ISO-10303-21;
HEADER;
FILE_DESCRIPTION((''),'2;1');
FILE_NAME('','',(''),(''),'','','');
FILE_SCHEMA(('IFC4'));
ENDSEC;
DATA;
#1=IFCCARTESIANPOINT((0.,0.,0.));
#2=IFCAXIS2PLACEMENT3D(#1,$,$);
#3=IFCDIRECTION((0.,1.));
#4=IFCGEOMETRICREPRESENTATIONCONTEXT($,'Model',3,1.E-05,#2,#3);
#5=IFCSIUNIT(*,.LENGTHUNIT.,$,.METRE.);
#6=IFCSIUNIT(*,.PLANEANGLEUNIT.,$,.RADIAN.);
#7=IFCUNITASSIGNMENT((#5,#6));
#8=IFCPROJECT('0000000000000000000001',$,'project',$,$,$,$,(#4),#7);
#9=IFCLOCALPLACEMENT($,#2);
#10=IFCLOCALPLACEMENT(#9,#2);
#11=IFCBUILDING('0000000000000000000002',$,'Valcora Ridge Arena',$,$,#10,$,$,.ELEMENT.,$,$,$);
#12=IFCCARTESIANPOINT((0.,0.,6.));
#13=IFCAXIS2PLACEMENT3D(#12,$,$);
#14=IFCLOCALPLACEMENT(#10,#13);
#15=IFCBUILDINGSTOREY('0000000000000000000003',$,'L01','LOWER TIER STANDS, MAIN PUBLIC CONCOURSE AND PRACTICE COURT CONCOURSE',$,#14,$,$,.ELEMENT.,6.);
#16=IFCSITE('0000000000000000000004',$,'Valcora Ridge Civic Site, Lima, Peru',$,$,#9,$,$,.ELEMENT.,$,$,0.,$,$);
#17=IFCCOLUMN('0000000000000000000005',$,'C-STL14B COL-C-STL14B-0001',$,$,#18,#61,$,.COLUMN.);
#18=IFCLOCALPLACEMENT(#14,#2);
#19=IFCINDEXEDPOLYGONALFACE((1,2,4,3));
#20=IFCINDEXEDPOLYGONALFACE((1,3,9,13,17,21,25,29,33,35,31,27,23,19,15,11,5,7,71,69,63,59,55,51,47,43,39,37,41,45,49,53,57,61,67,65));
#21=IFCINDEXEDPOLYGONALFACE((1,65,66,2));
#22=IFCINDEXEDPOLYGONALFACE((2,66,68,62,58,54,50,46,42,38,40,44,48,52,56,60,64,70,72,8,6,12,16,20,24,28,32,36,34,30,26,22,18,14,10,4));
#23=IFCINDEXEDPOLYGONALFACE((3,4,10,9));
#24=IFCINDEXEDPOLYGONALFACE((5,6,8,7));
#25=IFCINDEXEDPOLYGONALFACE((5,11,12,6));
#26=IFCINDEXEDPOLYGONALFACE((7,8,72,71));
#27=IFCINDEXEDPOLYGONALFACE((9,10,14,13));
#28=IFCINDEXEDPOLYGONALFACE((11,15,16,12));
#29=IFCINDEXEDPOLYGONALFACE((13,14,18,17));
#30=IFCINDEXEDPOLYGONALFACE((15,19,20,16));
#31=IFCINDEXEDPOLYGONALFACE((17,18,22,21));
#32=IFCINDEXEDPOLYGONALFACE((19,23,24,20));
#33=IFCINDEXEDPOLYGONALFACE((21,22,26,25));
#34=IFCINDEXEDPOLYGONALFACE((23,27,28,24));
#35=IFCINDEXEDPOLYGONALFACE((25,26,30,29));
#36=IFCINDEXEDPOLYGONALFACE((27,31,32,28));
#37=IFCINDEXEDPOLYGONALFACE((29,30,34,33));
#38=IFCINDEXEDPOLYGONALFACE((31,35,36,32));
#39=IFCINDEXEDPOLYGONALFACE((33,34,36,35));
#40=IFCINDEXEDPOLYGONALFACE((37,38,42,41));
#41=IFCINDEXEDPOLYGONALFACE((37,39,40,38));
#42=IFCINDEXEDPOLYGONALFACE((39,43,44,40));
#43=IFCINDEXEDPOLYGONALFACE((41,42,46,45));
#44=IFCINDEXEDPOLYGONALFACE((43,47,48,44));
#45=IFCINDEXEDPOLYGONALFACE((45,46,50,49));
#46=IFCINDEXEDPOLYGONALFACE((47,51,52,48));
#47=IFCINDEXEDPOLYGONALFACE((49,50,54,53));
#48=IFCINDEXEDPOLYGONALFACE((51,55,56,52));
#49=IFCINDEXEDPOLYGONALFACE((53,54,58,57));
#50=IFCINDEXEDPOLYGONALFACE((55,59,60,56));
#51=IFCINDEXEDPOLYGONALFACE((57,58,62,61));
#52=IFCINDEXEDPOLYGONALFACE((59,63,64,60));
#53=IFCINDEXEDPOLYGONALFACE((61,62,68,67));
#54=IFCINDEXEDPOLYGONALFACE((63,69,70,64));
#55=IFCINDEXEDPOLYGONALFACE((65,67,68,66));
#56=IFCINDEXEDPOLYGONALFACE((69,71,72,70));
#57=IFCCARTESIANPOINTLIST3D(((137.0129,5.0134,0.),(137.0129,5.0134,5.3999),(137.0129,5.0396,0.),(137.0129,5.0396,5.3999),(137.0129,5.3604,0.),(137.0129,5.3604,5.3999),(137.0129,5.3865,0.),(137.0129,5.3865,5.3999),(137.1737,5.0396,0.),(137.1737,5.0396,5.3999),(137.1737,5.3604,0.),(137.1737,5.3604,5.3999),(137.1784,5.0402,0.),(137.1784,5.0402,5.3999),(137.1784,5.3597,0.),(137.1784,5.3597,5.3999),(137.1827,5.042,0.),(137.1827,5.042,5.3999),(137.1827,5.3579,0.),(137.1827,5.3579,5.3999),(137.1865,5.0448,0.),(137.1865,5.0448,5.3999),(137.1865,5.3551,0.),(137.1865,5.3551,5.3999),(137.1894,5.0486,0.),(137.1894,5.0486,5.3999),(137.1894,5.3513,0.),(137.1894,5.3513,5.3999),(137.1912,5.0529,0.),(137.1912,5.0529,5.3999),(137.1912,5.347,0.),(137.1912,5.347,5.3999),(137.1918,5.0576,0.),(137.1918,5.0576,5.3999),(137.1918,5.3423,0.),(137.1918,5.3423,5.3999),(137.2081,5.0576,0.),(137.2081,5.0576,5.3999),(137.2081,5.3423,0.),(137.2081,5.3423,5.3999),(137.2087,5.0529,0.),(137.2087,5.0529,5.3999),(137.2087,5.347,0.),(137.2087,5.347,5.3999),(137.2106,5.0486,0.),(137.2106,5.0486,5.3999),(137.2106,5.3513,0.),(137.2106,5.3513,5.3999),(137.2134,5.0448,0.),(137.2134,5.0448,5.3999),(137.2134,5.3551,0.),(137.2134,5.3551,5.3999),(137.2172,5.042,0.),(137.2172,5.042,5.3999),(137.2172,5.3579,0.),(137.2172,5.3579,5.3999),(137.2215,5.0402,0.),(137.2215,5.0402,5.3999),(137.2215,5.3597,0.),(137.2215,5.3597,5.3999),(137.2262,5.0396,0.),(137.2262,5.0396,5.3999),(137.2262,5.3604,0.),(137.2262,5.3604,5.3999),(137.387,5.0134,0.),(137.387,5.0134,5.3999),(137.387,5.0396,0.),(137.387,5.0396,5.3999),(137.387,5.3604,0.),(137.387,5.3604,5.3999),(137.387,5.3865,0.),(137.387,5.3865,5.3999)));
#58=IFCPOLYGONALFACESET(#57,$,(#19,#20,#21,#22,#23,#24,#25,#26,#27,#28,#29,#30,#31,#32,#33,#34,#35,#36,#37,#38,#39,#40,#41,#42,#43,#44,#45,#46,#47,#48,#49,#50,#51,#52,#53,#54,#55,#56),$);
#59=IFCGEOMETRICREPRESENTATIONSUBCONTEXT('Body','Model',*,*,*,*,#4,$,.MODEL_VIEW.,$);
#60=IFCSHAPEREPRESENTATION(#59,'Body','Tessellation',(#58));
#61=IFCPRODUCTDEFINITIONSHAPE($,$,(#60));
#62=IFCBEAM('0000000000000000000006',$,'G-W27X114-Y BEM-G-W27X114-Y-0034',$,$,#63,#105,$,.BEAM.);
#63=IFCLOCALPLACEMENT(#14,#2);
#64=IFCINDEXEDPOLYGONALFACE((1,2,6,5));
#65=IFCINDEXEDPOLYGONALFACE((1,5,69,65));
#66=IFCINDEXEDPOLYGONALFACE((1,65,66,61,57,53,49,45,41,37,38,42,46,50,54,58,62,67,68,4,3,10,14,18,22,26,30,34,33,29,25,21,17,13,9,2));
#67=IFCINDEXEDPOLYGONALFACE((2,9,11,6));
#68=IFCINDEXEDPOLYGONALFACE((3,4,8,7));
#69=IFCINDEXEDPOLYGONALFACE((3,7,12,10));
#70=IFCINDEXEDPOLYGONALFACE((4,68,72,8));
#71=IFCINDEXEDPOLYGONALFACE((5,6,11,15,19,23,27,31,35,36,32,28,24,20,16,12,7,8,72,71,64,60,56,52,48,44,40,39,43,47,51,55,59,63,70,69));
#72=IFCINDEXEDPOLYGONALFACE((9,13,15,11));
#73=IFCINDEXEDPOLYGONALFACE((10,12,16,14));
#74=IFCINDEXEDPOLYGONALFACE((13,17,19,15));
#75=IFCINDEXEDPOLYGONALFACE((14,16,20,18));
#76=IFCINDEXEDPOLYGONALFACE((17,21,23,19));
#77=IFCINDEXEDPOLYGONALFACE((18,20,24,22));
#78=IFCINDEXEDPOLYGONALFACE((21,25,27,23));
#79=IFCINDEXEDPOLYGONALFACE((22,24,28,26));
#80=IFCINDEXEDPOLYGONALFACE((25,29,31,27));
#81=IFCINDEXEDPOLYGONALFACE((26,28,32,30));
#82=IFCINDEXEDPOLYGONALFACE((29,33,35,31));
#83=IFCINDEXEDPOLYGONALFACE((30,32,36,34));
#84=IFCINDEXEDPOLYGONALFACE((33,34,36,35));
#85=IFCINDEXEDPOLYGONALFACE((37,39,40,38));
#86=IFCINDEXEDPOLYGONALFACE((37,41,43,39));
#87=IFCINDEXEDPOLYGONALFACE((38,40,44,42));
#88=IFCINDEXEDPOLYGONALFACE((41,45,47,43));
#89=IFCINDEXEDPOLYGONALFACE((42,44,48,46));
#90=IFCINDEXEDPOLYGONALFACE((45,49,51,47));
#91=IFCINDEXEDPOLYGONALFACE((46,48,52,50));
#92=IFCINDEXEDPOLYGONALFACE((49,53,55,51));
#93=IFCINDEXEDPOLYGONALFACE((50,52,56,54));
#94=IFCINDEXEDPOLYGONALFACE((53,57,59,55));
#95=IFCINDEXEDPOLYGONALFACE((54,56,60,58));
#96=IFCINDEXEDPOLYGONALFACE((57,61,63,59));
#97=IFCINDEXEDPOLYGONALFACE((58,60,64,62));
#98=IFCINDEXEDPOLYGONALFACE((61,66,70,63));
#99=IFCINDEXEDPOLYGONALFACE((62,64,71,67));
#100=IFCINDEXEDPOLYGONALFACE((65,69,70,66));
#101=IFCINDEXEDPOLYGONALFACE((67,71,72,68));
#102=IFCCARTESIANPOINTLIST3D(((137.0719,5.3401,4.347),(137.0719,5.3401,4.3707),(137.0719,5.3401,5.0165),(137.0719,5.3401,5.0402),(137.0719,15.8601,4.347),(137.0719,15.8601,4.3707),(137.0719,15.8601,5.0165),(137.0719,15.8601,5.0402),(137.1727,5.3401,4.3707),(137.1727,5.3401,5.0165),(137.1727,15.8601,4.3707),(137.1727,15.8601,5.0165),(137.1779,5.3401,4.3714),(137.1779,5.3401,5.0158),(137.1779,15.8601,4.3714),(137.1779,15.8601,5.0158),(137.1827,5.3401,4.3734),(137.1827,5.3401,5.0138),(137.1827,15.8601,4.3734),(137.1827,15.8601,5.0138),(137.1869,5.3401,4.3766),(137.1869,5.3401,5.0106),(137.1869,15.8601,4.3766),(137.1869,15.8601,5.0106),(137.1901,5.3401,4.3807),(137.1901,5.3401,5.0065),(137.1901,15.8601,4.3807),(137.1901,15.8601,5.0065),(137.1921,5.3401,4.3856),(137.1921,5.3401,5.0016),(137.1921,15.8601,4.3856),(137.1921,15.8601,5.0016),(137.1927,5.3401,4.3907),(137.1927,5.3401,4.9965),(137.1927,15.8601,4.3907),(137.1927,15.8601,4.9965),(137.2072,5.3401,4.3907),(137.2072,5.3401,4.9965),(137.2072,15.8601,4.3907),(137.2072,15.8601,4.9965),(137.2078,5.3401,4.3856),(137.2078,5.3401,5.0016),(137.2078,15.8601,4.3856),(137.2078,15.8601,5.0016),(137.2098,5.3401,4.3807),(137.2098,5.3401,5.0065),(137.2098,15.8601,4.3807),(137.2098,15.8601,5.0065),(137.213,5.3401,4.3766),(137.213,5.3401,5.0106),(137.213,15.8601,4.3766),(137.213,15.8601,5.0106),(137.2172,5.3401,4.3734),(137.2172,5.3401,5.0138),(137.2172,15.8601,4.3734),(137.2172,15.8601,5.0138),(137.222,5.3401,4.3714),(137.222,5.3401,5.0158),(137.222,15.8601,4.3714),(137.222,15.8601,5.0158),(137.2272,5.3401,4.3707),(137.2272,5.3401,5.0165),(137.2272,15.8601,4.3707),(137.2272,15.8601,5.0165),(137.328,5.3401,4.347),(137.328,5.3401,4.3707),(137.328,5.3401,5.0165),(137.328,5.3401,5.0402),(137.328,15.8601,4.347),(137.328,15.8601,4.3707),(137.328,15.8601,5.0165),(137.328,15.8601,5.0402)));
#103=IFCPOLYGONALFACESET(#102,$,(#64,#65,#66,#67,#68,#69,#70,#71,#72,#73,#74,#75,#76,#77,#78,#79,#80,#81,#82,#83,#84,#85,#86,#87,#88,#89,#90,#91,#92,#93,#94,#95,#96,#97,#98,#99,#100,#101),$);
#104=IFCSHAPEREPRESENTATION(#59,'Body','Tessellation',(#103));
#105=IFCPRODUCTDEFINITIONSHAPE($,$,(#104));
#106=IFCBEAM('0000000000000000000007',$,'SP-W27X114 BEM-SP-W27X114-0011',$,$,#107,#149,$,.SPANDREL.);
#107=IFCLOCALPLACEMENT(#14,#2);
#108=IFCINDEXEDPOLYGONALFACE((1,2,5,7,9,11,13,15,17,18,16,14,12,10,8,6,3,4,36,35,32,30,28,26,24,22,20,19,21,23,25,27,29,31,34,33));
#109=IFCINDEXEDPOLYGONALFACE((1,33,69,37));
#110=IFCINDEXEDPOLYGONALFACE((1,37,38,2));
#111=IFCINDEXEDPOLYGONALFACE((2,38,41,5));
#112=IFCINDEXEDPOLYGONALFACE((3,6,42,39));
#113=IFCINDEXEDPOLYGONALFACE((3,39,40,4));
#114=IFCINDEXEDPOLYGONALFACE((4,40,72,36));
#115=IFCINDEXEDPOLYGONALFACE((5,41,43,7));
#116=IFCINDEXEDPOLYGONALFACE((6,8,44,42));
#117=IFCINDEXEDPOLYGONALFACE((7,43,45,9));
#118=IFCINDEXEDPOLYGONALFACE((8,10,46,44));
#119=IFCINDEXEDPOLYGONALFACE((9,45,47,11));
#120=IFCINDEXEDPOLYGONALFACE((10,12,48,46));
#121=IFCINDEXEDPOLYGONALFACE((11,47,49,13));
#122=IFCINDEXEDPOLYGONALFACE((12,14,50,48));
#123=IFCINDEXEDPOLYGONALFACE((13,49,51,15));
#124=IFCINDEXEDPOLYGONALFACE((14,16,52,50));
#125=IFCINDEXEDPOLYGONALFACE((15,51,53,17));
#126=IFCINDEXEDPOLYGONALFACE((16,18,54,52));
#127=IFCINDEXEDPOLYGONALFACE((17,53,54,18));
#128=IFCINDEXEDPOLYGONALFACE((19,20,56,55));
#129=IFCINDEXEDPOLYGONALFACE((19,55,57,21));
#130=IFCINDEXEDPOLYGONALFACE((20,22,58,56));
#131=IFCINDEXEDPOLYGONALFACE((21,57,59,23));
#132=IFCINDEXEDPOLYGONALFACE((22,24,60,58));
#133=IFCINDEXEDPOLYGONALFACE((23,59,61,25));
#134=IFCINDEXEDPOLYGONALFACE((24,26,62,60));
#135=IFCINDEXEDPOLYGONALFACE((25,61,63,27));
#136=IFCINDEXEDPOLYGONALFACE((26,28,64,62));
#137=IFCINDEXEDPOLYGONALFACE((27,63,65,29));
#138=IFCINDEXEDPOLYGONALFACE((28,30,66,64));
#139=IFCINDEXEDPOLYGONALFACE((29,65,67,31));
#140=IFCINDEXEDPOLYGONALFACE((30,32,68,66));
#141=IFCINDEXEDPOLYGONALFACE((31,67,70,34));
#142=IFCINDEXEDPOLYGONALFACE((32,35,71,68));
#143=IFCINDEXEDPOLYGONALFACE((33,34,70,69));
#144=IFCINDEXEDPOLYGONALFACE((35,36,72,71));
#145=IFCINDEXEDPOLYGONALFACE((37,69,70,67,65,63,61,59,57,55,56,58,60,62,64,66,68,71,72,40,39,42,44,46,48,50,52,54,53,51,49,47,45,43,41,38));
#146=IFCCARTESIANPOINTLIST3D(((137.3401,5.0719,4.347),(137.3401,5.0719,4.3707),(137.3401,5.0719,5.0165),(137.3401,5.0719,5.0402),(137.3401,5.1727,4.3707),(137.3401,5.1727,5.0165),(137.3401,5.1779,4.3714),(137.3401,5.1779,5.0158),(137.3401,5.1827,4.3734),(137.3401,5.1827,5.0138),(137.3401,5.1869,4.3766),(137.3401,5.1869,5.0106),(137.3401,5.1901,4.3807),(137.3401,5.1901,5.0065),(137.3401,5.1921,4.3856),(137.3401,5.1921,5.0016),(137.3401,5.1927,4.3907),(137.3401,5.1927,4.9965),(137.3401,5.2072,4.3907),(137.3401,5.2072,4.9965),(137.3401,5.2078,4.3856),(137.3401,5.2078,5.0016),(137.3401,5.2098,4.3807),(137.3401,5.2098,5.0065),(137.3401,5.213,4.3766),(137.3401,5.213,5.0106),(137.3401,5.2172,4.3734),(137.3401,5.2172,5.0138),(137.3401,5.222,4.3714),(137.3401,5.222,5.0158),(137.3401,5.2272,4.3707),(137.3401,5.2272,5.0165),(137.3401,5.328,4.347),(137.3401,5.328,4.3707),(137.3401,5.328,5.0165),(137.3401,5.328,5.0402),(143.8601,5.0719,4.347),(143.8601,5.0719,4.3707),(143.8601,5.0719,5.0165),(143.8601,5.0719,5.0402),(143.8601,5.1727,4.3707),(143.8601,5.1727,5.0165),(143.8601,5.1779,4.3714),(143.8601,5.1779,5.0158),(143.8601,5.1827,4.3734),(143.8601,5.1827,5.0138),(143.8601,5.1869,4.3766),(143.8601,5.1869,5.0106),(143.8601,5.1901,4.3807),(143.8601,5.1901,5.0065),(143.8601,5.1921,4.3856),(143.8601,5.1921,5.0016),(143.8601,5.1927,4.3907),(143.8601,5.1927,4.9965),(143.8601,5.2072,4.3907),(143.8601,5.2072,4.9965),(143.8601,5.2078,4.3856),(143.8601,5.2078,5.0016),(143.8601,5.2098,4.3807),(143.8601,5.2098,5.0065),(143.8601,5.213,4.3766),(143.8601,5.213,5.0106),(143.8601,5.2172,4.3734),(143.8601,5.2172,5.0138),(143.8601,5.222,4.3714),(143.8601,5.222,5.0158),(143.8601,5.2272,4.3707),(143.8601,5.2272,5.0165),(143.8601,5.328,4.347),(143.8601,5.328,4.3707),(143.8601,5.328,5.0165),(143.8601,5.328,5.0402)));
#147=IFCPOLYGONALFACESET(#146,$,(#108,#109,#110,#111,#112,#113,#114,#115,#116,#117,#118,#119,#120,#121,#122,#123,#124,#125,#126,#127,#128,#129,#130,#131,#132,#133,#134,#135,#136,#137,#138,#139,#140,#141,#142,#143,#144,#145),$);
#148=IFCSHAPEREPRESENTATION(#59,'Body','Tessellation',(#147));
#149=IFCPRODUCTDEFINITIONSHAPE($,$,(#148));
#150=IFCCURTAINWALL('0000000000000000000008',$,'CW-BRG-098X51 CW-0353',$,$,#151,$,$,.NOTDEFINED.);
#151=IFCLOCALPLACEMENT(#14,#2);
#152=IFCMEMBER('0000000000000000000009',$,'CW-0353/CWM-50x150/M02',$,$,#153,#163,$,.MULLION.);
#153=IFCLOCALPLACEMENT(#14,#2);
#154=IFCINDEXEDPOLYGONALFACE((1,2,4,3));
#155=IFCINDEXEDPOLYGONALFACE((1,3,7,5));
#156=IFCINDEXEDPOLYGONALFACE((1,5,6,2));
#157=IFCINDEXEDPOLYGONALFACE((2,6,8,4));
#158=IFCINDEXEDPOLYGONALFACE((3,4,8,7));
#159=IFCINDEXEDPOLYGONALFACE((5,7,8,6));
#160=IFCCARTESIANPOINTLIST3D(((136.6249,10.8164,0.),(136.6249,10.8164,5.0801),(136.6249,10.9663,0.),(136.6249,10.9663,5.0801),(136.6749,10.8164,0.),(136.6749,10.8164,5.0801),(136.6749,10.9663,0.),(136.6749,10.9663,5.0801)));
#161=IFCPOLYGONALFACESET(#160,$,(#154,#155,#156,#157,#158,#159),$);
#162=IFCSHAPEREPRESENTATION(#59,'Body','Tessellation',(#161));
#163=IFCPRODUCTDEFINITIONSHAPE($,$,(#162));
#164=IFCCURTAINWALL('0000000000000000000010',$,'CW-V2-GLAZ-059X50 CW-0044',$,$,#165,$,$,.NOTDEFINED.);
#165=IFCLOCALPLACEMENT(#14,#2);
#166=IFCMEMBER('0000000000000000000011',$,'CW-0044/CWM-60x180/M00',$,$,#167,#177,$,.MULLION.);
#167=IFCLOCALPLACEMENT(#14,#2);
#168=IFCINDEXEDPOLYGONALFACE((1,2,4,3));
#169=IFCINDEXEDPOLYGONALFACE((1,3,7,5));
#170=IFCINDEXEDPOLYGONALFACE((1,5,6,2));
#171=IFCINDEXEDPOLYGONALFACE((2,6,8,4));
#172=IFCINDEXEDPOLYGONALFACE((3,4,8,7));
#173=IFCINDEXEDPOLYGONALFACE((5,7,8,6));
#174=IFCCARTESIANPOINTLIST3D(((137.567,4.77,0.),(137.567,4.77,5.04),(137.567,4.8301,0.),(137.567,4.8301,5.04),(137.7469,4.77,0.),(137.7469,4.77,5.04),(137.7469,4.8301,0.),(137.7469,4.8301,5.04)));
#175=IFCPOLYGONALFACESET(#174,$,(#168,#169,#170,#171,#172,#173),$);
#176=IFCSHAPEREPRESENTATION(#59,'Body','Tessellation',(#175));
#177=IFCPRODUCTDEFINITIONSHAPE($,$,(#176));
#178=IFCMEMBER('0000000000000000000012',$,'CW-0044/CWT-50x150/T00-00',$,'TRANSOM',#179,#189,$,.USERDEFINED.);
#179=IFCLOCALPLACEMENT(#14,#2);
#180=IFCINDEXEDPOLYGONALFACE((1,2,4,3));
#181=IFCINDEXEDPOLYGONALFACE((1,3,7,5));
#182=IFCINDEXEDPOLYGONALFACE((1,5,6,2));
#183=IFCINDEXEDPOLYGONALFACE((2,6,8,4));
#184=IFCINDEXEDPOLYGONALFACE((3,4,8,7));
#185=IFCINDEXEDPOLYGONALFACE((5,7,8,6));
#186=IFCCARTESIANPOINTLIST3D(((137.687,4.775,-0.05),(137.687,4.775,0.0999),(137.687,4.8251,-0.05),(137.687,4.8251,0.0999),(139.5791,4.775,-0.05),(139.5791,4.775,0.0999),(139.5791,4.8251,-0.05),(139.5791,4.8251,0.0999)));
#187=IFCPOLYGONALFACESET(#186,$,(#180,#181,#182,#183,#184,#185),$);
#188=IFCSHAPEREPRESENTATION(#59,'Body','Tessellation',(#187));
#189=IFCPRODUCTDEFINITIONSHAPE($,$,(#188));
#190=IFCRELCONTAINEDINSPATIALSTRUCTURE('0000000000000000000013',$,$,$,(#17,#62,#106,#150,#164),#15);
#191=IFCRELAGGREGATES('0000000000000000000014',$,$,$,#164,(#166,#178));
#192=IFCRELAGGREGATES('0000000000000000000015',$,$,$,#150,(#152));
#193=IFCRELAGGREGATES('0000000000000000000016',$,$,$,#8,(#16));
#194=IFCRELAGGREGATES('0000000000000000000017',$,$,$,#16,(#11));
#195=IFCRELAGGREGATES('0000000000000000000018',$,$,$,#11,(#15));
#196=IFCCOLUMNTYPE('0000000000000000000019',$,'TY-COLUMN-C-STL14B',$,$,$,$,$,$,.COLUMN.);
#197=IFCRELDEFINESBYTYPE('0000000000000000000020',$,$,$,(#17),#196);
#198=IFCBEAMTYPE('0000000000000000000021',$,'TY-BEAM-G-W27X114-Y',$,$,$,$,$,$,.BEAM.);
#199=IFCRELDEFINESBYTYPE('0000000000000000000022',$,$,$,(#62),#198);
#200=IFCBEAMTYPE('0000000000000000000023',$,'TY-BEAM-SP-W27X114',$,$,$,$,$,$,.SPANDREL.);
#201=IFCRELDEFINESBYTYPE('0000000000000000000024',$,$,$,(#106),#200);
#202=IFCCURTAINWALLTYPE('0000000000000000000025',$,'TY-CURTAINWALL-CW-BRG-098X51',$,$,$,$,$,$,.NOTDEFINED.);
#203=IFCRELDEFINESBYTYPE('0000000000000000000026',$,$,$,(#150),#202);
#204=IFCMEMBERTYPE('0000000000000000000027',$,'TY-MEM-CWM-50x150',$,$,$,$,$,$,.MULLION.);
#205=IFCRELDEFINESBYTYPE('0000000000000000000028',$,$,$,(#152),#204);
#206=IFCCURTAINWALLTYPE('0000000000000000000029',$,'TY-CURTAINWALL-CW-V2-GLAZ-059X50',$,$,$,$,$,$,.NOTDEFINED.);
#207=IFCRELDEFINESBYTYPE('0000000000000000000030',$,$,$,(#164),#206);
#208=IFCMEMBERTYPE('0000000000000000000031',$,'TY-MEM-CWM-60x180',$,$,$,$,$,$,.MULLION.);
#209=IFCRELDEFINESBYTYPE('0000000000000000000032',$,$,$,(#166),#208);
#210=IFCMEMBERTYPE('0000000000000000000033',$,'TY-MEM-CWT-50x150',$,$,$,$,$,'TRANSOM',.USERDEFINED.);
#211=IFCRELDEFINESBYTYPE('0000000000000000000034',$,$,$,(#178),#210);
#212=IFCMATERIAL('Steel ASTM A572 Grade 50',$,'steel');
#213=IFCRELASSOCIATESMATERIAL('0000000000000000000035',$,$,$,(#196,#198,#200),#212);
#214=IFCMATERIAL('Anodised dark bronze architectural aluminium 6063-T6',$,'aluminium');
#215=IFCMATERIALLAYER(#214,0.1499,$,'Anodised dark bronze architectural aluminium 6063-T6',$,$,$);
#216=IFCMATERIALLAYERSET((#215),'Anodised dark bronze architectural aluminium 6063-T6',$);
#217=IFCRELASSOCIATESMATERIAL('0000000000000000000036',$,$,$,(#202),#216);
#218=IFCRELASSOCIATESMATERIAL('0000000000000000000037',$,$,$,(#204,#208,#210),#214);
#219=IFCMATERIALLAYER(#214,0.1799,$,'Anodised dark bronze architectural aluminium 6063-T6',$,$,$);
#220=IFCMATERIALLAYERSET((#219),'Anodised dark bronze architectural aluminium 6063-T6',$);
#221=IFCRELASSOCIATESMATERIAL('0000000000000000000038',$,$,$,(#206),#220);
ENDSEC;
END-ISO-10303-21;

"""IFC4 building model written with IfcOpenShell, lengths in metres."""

from ifc_helpers import new_model, si_unit, direction, frame, origin, origin_2d, place, context, subcontext, project, spatial, rectangle, i_section, extrude, material, layer, layer_set, material_profile, profile_set, type_object, element, aggregate, save


model = new_model("IFC4")

# Units and contexts
model_context = context("Model", 3, precision=1e-05, world=origin(), true_north=direction((0.0, 1.0)))
body_context = subcontext(model_context, "Body", "Model", "MODEL_VIEW")
ifc_project = project(units=[si_unit("LENGTHUNIT", "METRE"), si_unit("PLANEANGLEUNIT", "RADIAN")], contexts=[model_context])

# Site, building, storey
site_placement = place(None, origin())
site = spatial("IfcSite", under=ifc_project, at=site_placement, Name="Valcora Ridge Civic Site, Lima, Peru", CompositionType="ELEMENT", RefElevation=0.0)
building_placement = place(site_placement, origin())
building = spatial("IfcBuilding", under=site, at=building_placement, Name="Valcora Ridge Arena", CompositionType="ELEMENT")
storey_placement = place(building_placement, frame((0.0, 0.0, 6.0)))
storey = spatial("IfcBuildingStorey", under=building, at=storey_placement, Name="L01", Description="LOWER TIER STANDS, MAIN PUBLIC CONCOURSE AND PRACTICE COURT CONCOURSE", CompositionType="ELEMENT", Elevation=6.0)

# Column
ifc_material_1 = material(Name="Steel ASTM A572 Grade 50", Category="steel")
ifc_material_profile_1 = material_profile(ifc_material_1, i_section(OverallWidth=0.374, OverallDepth=0.373, WebThickness=0.0164, FlangeThickness=0.0261, FilletRadius=0.0181, at=origin_2d()), Name="W14X132")
ifc_profile_set_1 = profile_set([ifc_material_profile_1], Name="Steel ASTM A572 Grade 50")
column_type = type_object("IfcColumnType", Name="TY-COLUMN-C-STL14B", PredefinedType="COLUMN", material=ifc_profile_set_1)
column_placement = place(storey_placement, frame((137.2, 5.2, 0.0), z_axis=(0.0, 0.0, 1.0), x_axis=(1.0, 0.0, 0.0)))
element("IfcColumn", 1, at=column_placement, inside=storey, type_object=column_type, Name="C-STL14B COL-C-STL14B-0001", PredefinedType="COLUMN", context=body_context, shape_type="SweptSolid", body=[
    extrude(i_section(OverallWidth=0.374, OverallDepth=0.373, WebThickness=0.0164, FlangeThickness=0.0261, FilletRadius=0.0181, at=origin_2d()), origin(), (0.0, 0.0, 1.0), 5.3999),
])

# Beams
ifc_material_profile_2 = material_profile(ifc_material_1, i_section(OverallWidth=0.2561, OverallDepth=0.6931, WebThickness=0.0144, FlangeThickness=0.0237, FilletRadius=0.02, at=origin_2d()), Name="W27X114")
ifc_profile_set_2 = profile_set([ifc_material_profile_2], Name="Steel ASTM A572 Grade 50")
beam_type_1 = type_object("IfcBeamType", Name="TY-BEAM-G-W27X114-Y", PredefinedType="BEAM", material=ifc_profile_set_2)
beam_1_placement = place(storey_placement, frame((137.2, 5.3401, 4.6936), z_axis=(0.0, 1.0, 0.0), x_axis=(-1.0, 0.0, 0.0)))
element("IfcBeam", 2, at=beam_1_placement, inside=storey, type_object=beam_type_1, Name="G-W27X114-Y BEM-G-W27X114-Y-0034", PredefinedType="BEAM", context=body_context, shape_type="SweptSolid", body=[
    extrude(i_section(OverallWidth=0.2561, OverallDepth=0.6931, WebThickness=0.0144, FlangeThickness=0.0237, FilletRadius=0.02, at=origin_2d()), origin(), (0.0, 0.0, 1.0), 10.52),
])
ifc_material_profile_3 = material_profile(ifc_material_1, i_section(OverallWidth=0.2561, OverallDepth=0.6931, WebThickness=0.0144, FlangeThickness=0.0237, FilletRadius=0.02, at=origin_2d()), Name="W27X114")
ifc_profile_set_3 = profile_set([ifc_material_profile_3], Name="Steel ASTM A572 Grade 50")
beam_type_2 = type_object("IfcBeamType", Name="TY-BEAM-SP-W27X114", PredefinedType="SPANDREL", material=ifc_profile_set_3)
beam_2_placement = place(storey_placement, frame((137.3401, 5.2, 4.6936), z_axis=(1.0, 0.0, 0.0), x_axis=(0.0, 1.0, 0.0)))
element("IfcBeam", 3, at=beam_2_placement, inside=storey, type_object=beam_type_2, Name="SP-W27X114 BEM-SP-W27X114-0011", PredefinedType="SPANDREL", context=body_context, shape_type="SweptSolid", body=[
    extrude(i_section(OverallWidth=0.2561, OverallDepth=0.6931, WebThickness=0.0144, FlangeThickness=0.0237, FilletRadius=0.02, at=origin_2d()), origin(), (0.0, 0.0, 1.0), 6.52),
])

# Curtain wall, member
ifc_material_2 = material(Name="Anodised dark bronze architectural aluminium 6063-T6", Category="aluminium")
ifc_layer_1 = layer(ifc_material_2, 0.1499, Name="Anodised dark bronze architectural aluminium 6063-T6")
ifc_layer_set_1 = layer_set([ifc_layer_1], Name="Anodised dark bronze architectural aluminium 6063-T6")
curtain_wall_type_1 = type_object("IfcCurtainWallType", Name="TY-CURTAINWALL-CW-BRG-098X51", PredefinedType="NOTDEFINED", material=ifc_layer_set_1)
curtain_wall_1_placement = place(storey_placement, origin())
curtain_wall_1 = element("IfcCurtainWall", 4, at=curtain_wall_1_placement, inside=storey, type_object=curtain_wall_type_1, Name="CW-BRG-098X51 CW-0353", PredefinedType="NOTDEFINED")
ifc_material_profile_4 = material_profile(ifc_material_2, rectangle(XDim=0.05, YDim=0.1499, at=origin_2d()), Name="ALU MULLION 50x150")
ifc_profile_set_4 = profile_set([ifc_material_profile_4], Name="Anodised dark bronze architectural aluminium 6063-T6")
member_type_1 = type_object("IfcMemberType", Name="TY-MEM-CWM-50x150", PredefinedType="MULLION", material=ifc_profile_set_4)
member_1_placement = place(storey_placement, frame((136.6499, 10.8914, 0.0), z_axis=(0.0, 0.0, 1.0), x_axis=(-1.0, 0.0, 0.0)))
member_1 = element("IfcMember", 5, at=member_1_placement, type_object=member_type_1, Name="CW-0353/CWM-50x150/M02", PredefinedType="MULLION", context=body_context, shape_type="SweptSolid", body=[
    extrude(rectangle(XDim=0.05, YDim=0.1499, at=origin_2d()), origin(), (0.0, 0.0, 1.0), 5.0801),
])

# Curtain wall, members
ifc_layer_2 = layer(ifc_material_2, 0.1799, Name="Anodised dark bronze architectural aluminium 6063-T6")
ifc_layer_set_2 = layer_set([ifc_layer_2], Name="Anodised dark bronze architectural aluminium 6063-T6")
curtain_wall_type_2 = type_object("IfcCurtainWallType", Name="TY-CURTAINWALL-CW-V2-GLAZ-059X50", PredefinedType="NOTDEFINED", material=ifc_layer_set_2)
curtain_wall_2_placement = place(storey_placement, origin())
curtain_wall_2 = element("IfcCurtainWall", 6, at=curtain_wall_2_placement, inside=storey, type_object=curtain_wall_type_2, Name="CW-V2-GLAZ-059X50 CW-0044", PredefinedType="NOTDEFINED")
ifc_material_profile_5 = material_profile(ifc_material_2, rectangle(XDim=0.0601, YDim=0.1799, at=origin_2d()), Name="ALU MULLION 60x180")
ifc_profile_set_5 = profile_set([ifc_material_profile_5], Name="Anodised dark bronze architectural aluminium 6063-T6")
member_type_2 = type_object("IfcMemberType", Name="TY-MEM-CWM-60x180", PredefinedType="MULLION", material=ifc_profile_set_5)
member_2_placement = place(storey_placement, frame((137.657, 4.8, 0.0), z_axis=(0.0, 0.0, 1.0), x_axis=(0.0, 1.0, 0.0)))
member_2 = element("IfcMember", 7, at=member_2_placement, type_object=member_type_2, Name="CW-0044/CWM-60x180/M00", PredefinedType="MULLION", context=body_context, shape_type="SweptSolid", body=[
    extrude(rectangle(XDim=0.0601, YDim=0.1799, at=origin_2d()), origin(), (0.0, 0.0, 1.0), 5.04),
])
ifc_material_profile_6 = material_profile(ifc_material_2, rectangle(XDim=0.05, YDim=0.1499, at=origin_2d()), Name="ALU TRANSOM 50x150")
ifc_profile_set_6 = profile_set([ifc_material_profile_6], Name="Anodised dark bronze architectural aluminium 6063-T6")
member_type_3 = type_object("IfcMemberType", Name="TY-MEM-CWT-50x150", ElementType="TRANSOM", PredefinedType="USERDEFINED", material=ifc_profile_set_6)
member_3_placement = place(storey_placement, frame((137.687, 4.8, 0.0249), z_axis=(1.0, 0.0, 0.0), x_axis=(0.0, 1.0, 0.0)))
member_3 = element("IfcMember", 8, at=member_3_placement, type_object=member_type_3, Name="CW-0044/CWT-50x150/T00-00", ObjectType="TRANSOM", PredefinedType="USERDEFINED", context=body_context, shape_type="SweptSolid", body=[
    extrude(rectangle(XDim=0.05, YDim=0.1499, at=origin_2d()), origin(), (0.0, 0.0, 1.0), 1.8921),
])
aggregate(curtain_wall_2, [member_2, member_3])

aggregate(curtain_wall_1, [member_1])

save(model, "model.ifc")
